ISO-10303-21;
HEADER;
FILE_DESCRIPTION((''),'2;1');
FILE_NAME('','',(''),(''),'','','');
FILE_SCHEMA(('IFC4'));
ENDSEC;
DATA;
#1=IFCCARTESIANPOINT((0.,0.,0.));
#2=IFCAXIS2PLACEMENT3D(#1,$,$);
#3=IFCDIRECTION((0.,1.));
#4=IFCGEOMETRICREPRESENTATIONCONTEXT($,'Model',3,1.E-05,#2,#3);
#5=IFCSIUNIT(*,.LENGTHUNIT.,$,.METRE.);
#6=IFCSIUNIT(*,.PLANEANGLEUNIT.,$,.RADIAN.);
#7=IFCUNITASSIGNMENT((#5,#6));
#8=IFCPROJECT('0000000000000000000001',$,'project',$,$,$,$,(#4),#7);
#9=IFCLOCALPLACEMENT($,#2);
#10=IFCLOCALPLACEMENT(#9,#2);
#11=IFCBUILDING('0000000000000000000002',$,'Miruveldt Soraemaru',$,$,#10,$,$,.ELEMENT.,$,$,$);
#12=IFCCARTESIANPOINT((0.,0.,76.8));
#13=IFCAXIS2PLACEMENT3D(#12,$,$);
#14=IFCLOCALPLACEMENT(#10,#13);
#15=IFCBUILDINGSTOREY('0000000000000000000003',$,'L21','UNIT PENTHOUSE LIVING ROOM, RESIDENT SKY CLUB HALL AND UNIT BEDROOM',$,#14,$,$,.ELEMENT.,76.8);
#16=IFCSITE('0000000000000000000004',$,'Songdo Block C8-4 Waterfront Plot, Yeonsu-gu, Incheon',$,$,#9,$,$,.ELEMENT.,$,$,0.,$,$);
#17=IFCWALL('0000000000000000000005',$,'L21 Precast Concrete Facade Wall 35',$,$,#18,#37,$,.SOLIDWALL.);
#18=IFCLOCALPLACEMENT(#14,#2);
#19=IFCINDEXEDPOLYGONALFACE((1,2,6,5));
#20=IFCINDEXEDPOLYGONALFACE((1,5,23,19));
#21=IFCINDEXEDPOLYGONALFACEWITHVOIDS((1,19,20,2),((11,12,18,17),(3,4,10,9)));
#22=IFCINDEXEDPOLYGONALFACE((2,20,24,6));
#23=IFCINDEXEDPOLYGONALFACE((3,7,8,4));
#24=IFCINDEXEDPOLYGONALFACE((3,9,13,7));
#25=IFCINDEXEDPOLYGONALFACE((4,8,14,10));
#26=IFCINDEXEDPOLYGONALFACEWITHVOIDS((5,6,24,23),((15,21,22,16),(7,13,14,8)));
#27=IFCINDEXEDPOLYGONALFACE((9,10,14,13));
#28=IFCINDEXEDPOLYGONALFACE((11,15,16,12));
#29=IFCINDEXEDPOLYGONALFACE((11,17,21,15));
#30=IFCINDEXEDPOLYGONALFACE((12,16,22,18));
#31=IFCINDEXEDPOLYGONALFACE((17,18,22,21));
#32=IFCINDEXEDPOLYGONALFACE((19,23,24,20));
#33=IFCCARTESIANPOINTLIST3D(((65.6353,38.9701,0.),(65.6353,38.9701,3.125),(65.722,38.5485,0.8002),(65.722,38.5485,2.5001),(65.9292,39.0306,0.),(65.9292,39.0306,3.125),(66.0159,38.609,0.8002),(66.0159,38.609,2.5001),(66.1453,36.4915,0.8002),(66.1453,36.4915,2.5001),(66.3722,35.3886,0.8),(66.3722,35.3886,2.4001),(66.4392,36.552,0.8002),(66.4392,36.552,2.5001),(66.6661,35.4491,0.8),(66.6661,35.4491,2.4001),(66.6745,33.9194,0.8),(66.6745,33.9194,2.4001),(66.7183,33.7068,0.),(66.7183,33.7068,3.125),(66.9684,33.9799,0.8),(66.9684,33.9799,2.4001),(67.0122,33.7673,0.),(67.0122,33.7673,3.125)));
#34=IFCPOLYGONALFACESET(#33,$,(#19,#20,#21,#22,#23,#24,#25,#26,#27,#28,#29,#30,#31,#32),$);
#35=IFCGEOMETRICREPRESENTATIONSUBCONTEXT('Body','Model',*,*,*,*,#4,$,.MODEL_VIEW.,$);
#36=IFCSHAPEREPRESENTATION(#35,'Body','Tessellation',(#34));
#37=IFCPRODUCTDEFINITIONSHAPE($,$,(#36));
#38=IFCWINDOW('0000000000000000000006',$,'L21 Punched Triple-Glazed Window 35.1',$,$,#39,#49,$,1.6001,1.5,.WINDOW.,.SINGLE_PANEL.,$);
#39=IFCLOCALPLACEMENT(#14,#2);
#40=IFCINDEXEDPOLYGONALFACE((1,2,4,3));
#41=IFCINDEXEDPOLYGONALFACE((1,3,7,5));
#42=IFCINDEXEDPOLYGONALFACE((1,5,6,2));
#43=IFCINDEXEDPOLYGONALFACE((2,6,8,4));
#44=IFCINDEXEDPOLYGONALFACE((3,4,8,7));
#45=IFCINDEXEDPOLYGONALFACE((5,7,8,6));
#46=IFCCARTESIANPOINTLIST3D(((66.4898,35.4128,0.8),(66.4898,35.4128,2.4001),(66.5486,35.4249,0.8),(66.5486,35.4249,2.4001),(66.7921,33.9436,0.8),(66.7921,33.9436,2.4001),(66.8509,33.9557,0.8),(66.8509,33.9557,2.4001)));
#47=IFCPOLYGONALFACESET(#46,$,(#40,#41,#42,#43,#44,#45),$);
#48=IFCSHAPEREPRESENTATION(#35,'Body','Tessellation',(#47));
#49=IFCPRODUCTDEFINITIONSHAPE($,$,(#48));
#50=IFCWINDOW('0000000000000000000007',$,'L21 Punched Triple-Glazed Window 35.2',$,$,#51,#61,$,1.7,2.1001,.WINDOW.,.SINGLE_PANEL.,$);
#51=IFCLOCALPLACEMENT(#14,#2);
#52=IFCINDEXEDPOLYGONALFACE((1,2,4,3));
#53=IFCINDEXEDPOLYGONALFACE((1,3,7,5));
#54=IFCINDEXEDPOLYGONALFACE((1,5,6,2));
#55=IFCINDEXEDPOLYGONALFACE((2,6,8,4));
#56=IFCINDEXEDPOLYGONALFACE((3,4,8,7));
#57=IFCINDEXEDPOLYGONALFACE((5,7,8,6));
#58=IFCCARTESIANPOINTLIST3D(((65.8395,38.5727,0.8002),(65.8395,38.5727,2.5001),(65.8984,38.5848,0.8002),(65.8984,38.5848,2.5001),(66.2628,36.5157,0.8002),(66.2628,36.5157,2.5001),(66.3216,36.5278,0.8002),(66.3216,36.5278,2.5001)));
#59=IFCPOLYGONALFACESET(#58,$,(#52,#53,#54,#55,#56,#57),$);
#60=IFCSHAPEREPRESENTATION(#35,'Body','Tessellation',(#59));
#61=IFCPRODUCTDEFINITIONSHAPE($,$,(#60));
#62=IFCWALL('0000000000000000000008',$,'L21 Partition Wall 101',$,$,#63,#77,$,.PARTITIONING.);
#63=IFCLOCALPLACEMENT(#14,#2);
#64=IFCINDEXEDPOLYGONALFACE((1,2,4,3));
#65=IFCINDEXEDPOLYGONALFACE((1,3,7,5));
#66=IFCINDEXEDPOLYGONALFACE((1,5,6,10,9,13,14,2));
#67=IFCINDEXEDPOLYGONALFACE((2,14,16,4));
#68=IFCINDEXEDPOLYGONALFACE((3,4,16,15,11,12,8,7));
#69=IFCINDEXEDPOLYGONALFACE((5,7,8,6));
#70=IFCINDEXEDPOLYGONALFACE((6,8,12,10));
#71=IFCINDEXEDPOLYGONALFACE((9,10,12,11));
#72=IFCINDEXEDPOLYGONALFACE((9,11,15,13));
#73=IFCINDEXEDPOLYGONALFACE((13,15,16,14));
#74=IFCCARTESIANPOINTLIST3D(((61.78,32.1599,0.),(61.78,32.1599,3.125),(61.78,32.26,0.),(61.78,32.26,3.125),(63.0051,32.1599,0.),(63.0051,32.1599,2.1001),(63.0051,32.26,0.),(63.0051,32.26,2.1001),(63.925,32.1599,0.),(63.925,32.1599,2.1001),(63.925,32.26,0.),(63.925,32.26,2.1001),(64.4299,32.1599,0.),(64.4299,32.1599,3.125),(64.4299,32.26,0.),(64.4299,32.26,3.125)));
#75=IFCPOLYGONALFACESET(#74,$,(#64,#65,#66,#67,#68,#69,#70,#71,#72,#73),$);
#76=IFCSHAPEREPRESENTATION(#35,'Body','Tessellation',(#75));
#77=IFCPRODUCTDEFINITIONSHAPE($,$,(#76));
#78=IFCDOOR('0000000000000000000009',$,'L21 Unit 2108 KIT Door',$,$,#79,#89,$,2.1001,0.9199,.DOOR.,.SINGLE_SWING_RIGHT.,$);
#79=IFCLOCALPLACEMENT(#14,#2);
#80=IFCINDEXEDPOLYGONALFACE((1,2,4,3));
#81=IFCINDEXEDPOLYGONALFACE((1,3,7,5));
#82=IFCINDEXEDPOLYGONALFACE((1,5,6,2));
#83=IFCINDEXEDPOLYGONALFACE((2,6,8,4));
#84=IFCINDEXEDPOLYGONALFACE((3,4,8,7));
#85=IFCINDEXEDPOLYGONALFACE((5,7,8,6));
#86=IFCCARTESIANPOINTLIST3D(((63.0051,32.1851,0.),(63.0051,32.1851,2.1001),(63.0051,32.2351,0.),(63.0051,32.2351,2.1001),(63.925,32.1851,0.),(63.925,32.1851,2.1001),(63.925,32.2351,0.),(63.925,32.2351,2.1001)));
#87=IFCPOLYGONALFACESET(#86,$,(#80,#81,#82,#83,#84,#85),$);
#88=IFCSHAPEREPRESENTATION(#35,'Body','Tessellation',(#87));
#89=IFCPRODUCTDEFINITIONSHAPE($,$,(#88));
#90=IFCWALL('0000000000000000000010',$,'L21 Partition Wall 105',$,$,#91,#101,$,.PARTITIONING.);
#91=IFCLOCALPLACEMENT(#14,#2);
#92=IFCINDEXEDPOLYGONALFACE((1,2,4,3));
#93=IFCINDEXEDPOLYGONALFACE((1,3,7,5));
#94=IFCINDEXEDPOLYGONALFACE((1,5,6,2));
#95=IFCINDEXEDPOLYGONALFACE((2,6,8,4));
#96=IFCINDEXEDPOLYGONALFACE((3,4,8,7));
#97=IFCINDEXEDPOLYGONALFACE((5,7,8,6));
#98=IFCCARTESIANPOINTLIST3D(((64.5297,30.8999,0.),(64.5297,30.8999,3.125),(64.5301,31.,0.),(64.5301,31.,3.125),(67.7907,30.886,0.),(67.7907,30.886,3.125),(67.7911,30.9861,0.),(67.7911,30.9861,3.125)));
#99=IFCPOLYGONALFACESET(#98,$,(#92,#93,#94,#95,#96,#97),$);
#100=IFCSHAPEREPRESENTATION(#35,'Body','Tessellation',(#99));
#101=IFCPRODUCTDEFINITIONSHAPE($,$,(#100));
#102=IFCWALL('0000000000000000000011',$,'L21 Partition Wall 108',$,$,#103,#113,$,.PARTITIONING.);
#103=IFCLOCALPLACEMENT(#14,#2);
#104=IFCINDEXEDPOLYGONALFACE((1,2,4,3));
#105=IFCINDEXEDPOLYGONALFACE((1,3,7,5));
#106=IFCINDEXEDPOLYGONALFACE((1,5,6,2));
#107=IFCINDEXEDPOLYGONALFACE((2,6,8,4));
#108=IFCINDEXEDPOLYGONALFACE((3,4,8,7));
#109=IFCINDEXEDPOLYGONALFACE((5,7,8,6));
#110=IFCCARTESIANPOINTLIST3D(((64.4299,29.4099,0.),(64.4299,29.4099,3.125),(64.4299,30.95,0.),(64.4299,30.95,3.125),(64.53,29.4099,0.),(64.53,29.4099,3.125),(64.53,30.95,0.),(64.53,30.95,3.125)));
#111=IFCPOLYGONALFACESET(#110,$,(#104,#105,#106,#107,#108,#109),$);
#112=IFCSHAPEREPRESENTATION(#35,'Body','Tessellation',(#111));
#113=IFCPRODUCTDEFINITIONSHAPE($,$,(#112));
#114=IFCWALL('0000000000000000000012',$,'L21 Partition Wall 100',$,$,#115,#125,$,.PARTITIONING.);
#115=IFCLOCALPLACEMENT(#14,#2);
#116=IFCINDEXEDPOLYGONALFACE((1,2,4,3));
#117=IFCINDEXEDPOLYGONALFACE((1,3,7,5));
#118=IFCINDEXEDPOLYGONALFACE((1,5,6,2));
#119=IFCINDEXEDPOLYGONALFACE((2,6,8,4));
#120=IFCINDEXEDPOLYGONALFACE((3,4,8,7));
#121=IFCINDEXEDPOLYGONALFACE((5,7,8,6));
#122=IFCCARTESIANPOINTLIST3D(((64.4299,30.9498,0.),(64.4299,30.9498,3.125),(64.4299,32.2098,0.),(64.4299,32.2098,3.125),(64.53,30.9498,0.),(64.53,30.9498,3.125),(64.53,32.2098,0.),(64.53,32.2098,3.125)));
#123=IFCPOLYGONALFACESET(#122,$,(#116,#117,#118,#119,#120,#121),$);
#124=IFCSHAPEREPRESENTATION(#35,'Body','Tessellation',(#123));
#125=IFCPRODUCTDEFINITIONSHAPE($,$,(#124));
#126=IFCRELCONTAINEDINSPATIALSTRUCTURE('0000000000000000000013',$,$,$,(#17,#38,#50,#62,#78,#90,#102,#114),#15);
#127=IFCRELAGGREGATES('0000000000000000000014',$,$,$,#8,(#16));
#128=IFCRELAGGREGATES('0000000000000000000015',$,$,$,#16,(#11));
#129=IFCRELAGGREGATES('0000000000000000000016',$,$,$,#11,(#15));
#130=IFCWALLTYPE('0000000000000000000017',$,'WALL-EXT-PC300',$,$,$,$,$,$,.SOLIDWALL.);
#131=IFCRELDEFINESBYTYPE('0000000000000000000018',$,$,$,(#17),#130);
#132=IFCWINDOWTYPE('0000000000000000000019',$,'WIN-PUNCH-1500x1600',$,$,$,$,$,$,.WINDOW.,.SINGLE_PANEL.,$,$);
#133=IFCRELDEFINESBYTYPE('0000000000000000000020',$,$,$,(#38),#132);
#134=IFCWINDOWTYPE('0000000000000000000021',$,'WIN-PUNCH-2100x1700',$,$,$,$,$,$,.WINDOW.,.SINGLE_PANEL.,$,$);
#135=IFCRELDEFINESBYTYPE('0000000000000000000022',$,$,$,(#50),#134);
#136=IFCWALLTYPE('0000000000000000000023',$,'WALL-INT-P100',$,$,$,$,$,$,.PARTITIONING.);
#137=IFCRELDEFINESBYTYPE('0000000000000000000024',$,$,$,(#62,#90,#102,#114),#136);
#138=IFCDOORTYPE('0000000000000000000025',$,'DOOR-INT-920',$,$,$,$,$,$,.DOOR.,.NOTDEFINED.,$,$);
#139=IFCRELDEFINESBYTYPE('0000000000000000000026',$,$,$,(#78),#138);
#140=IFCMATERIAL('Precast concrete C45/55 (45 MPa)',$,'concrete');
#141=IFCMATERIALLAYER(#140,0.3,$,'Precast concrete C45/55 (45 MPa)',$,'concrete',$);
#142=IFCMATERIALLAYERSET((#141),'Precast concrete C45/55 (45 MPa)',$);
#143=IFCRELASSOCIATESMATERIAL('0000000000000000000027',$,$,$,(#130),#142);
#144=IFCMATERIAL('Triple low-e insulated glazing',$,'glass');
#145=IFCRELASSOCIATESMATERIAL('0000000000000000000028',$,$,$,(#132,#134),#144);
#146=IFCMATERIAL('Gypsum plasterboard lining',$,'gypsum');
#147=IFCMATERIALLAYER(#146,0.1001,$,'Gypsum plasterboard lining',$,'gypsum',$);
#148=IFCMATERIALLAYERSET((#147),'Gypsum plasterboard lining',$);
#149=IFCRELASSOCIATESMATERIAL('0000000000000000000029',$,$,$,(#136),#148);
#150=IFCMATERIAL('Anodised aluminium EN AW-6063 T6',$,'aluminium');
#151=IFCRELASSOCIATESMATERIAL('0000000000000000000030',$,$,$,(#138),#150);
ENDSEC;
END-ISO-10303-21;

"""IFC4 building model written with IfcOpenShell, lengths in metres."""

from ifc_helpers import new_model, si_unit, direction, frame, frame_2d, origin, place, context, subcontext, project, spatial, rectangle, extrude, material, layer, layer_set, type_object, element, fill, save


model = new_model("IFC4")

# Units and contexts
model_context = context("Model", 3, precision=1e-05, world=origin(), true_north=direction((0.0, 1.0)))
body_context = subcontext(model_context, "Body", "Model", "MODEL_VIEW")
ifc_project = project(units=[si_unit("LENGTHUNIT", "METRE"), si_unit("PLANEANGLEUNIT", "RADIAN")], contexts=[model_context])

# Site, building, storey
site_placement = place(None, origin())
site = spatial("IfcSite", under=ifc_project, at=site_placement, Name="Songdo Block C8-4 Waterfront Plot, Yeonsu-gu, Incheon", CompositionType="ELEMENT", RefElevation=0.0)
building_placement = place(site_placement, origin())
building = spatial("IfcBuilding", under=site, at=building_placement, Name="Miruveldt Soraemaru", CompositionType="ELEMENT")
storey_placement = place(building_placement, frame((0.0, 0.0, 76.8)))
storey = spatial("IfcBuildingStorey", under=building, at=storey_placement, Name="L21", Description="UNIT PENTHOUSE LIVING ROOM, RESIDENT SKY CLUB HALL AND UNIT BEDROOM", CompositionType="ELEMENT", Elevation=76.8)

# Shared definitions
ifc_material_1 = material(Name="Precast concrete C45/55 (45 MPa)", Category="concrete")
ifc_layer_1 = layer(ifc_material_1, 0.3, Name="Precast concrete C45/55 (45 MPa)", Category="concrete")
ifc_layer_set_1 = layer_set([ifc_layer_1], Name="Precast concrete C45/55 (45 MPa)")
wall_type_1 = type_object("IfcWallType", Name="WALL-EXT-PC300", PredefinedType="SOLIDWALL", material=ifc_layer_set_1)
ifc_material_2 = material(Name="Triple low-e insulated glazing", Category="glass")
window_type_1 = type_object("IfcWindowType", Name="WIN-PUNCH-1500x1600", PartitioningType="SINGLE_PANEL", PredefinedType="WINDOW", material=ifc_material_2)

# Wall, openings, windows
wall_1_placement = place(storey_placement, frame((66.8652, 33.7371, 0.0), z_axis=(0.0, 0.0, 1.0), x_axis=(-0.201548, 0.979479, 0.0)))
wall_1 = element("IfcWall", 1, at=wall_1_placement, inside=storey, type_object=wall_type_1, Name="L21 Precast Concrete Facade Wall 35", PredefinedType="SOLIDWALL", context=body_context, shape_type="SweptSolid", body=[
    extrude(rectangle(XDim=5.3735, YDim=0.3, at=frame_2d((2.6868, 0.0))), origin(), (0.0, 0.0, 1.0), 3.125),
])
opening_1_placement = place(wall_1_placement, frame((0.217, 0.0, 0.8)))
opening_1 = element("IfcOpeningElement", 2, at=opening_1_placement, cuts=wall_1, PredefinedType="OPENING", context=body_context, shape_type="SweptSolid", body=[
    extrude(rectangle(XDim=1.5, YDim=1.6001, at=frame_2d((0.75, 0.8))), frame((0.0, 0.1602, 0.0), z_axis=(0.0, -1.0, 0.0), x_axis=(1.0, 0.0, 0.0)), (0.0, 0.0, 1.0), 0.3201),
])
opening_2_placement = place(wall_1_placement, frame((2.843, 0.0, 0.8)))
opening_2 = element("IfcOpeningElement", 3, at=opening_2_placement, cuts=wall_1, PredefinedType="OPENING", context=body_context, shape_type="SweptSolid", body=[
    extrude(rectangle(XDim=2.1001, YDim=1.7, at=frame_2d((1.05, 0.8501))), frame((0.0, 0.1602, 0.0), z_axis=(0.0, -1.0, 0.0), x_axis=(1.0, 0.0, 0.0)), (0.0, 0.0, 1.0), 0.3201),
])
window_1_placement = place(opening_1_placement, origin())
window_1 = element("IfcWindow", 4, at=window_1_placement, inside=storey, type_object=window_type_1, Name="L21 Punched Triple-Glazed Window 35.1", OverallHeight=1.6001, OverallWidth=1.5, PartitioningType="SINGLE_PANEL", PredefinedType="WINDOW", context=body_context, shape_type="SweptSolid", body=[
    extrude(rectangle(XDim=1.5, YDim=1.6001, at=frame_2d((0.75, 0.8))), frame((0.0, 0.03, 0.0), z_axis=(0.0, -1.0, 0.0), x_axis=(1.0, 0.0, 0.0)), (0.0, 0.0, 1.0), 0.0601),
])
fill(opening_1, window_1)
window_type_2 = type_object("IfcWindowType", Name="WIN-PUNCH-2100x1700", PartitioningType="SINGLE_PANEL", PredefinedType="WINDOW", material=ifc_material_2)
window_2_placement = place(opening_2_placement, origin())
window_2 = element("IfcWindow", 5, at=window_2_placement, inside=storey, type_object=window_type_2, Name="L21 Punched Triple-Glazed Window 35.2", OverallHeight=1.7, OverallWidth=2.1001, PartitioningType="SINGLE_PANEL", PredefinedType="WINDOW", context=body_context, shape_type="SweptSolid", body=[
    extrude(rectangle(XDim=2.1001, YDim=1.7, at=frame_2d((1.05, 0.8501))), frame((0.0, 0.03, 0.0), z_axis=(0.0, -1.0, 0.0), x_axis=(1.0, 0.0, 0.0)), (0.0, 0.0, 1.0), 0.0601),
])
fill(opening_2, window_2)

# Wall, opening, door
ifc_material_3 = material(Name="Gypsum plasterboard lining", Category="gypsum")
ifc_layer_2 = layer(ifc_material_3, 0.1001, Name="Gypsum plasterboard lining", Category="gypsum")
ifc_layer_set_2 = layer_set([ifc_layer_2], Name="Gypsum plasterboard lining")
wall_type_2 = type_object("IfcWallType", Name="WALL-INT-P100", PredefinedType="PARTITIONING", material=ifc_layer_set_2)
wall_2_placement = place(storey_placement, frame((64.4299, 32.21, 0.0), z_axis=(0.0, 0.0, 1.0), x_axis=(-1.0, 0.0, 0.0)))
wall_2 = element("IfcWall", 6, at=wall_2_placement, inside=storey, type_object=wall_type_2, Name="L21 Partition Wall 101", PredefinedType="PARTITIONING", context=body_context, shape_type="SweptSolid", body=[
    extrude(rectangle(XDim=2.6499, YDim=0.1001, at=frame_2d((1.325, 0.0))), origin(), (0.0, 0.0, 1.0), 3.125),
])
opening_3_placement = place(wall_2_placement, frame((0.5049, 0.0, 0.0)))
opening_3 = element("IfcOpeningElement", 7, at=opening_3_placement, cuts=wall_2, PredefinedType="OPENING", context=body_context, shape_type="SweptSolid", body=[
    extrude(rectangle(XDim=0.9199, YDim=2.1001, at=frame_2d((0.46, 1.05))), frame((0.0, 0.0601, 0.0), z_axis=(0.0, -1.0, 0.0), x_axis=(1.0, 0.0, 0.0)), (0.0, 0.0, 1.0), 0.1201),
])
ifc_material_4 = material(Name="Anodised aluminium EN AW-6063 T6", Category="aluminium")
door_type = type_object("IfcDoorType", Name="DOOR-INT-920", OperationType="NOTDEFINED", PredefinedType="DOOR", material=ifc_material_4)
door_placement = place(opening_3_placement, origin())
door = element("IfcDoor", 8, at=door_placement, inside=storey, type_object=door_type, Name="L21 Unit 2108 KIT Door", OperationType="SINGLE_SWING_RIGHT", OverallHeight=2.1001, OverallWidth=0.9199, PredefinedType="DOOR", context=body_context, shape_type="SweptSolid", body=[
    extrude(rectangle(XDim=0.9199, YDim=2.1001, at=frame_2d((0.46, 1.05))), frame((0.0, 0.0249, 0.0), z_axis=(0.0, -1.0, 0.0), x_axis=(1.0, 0.0, 0.0)), (0.0, 0.0, 1.0), 0.05),
])
fill(opening_3, door)

# Walls
wall_3_placement = place(storey_placement, frame((64.53, 30.95, 0.0), z_axis=(0.0, 0.0, 1.0), x_axis=(0.999991, -0.004267, 0.0)))
element("IfcWall", 9, at=wall_3_placement, inside=storey, type_object=wall_type_2, Name="L21 Partition Wall 105", PredefinedType="PARTITIONING", context=body_context, shape_type="SweptSolid", body=[
    extrude(rectangle(XDim=3.261, YDim=0.1001, at=frame_2d((1.6304, 0.0))), origin(), (0.0, 0.0, 1.0), 3.125),
])
wall_4_placement = place(storey_placement, frame((64.48, 29.4099, 0.0), z_axis=(0.0, 0.0, 1.0), x_axis=(0.0, 1.0, 0.0)))
element("IfcWall", 10, at=wall_4_placement, inside=storey, type_object=wall_type_2, Name="L21 Partition Wall 108", PredefinedType="PARTITIONING", context=body_context, shape_type="SweptSolid", body=[
    extrude(rectangle(XDim=1.54, YDim=0.1001, at=frame_2d((0.77, 0.0))), origin(), (0.0, 0.0, 1.0), 3.125),
])
wall_5_placement = place(storey_placement, frame((64.48, 30.95, 0.0), z_axis=(0.0, 0.0, 1.0), x_axis=(0.0, 1.0, 0.0)))
element("IfcWall", 11, at=wall_5_placement, inside=storey, type_object=wall_type_2, Name="L21 Partition Wall 100", PredefinedType="PARTITIONING", context=body_context, shape_type="SweptSolid", body=[
    extrude(rectangle(XDim=1.26, YDim=0.1001, at=frame_2d((0.6299, 0.0))), origin(), (0.0, 0.0, 1.0), 3.125),
])

save(model, "model.ifc")
